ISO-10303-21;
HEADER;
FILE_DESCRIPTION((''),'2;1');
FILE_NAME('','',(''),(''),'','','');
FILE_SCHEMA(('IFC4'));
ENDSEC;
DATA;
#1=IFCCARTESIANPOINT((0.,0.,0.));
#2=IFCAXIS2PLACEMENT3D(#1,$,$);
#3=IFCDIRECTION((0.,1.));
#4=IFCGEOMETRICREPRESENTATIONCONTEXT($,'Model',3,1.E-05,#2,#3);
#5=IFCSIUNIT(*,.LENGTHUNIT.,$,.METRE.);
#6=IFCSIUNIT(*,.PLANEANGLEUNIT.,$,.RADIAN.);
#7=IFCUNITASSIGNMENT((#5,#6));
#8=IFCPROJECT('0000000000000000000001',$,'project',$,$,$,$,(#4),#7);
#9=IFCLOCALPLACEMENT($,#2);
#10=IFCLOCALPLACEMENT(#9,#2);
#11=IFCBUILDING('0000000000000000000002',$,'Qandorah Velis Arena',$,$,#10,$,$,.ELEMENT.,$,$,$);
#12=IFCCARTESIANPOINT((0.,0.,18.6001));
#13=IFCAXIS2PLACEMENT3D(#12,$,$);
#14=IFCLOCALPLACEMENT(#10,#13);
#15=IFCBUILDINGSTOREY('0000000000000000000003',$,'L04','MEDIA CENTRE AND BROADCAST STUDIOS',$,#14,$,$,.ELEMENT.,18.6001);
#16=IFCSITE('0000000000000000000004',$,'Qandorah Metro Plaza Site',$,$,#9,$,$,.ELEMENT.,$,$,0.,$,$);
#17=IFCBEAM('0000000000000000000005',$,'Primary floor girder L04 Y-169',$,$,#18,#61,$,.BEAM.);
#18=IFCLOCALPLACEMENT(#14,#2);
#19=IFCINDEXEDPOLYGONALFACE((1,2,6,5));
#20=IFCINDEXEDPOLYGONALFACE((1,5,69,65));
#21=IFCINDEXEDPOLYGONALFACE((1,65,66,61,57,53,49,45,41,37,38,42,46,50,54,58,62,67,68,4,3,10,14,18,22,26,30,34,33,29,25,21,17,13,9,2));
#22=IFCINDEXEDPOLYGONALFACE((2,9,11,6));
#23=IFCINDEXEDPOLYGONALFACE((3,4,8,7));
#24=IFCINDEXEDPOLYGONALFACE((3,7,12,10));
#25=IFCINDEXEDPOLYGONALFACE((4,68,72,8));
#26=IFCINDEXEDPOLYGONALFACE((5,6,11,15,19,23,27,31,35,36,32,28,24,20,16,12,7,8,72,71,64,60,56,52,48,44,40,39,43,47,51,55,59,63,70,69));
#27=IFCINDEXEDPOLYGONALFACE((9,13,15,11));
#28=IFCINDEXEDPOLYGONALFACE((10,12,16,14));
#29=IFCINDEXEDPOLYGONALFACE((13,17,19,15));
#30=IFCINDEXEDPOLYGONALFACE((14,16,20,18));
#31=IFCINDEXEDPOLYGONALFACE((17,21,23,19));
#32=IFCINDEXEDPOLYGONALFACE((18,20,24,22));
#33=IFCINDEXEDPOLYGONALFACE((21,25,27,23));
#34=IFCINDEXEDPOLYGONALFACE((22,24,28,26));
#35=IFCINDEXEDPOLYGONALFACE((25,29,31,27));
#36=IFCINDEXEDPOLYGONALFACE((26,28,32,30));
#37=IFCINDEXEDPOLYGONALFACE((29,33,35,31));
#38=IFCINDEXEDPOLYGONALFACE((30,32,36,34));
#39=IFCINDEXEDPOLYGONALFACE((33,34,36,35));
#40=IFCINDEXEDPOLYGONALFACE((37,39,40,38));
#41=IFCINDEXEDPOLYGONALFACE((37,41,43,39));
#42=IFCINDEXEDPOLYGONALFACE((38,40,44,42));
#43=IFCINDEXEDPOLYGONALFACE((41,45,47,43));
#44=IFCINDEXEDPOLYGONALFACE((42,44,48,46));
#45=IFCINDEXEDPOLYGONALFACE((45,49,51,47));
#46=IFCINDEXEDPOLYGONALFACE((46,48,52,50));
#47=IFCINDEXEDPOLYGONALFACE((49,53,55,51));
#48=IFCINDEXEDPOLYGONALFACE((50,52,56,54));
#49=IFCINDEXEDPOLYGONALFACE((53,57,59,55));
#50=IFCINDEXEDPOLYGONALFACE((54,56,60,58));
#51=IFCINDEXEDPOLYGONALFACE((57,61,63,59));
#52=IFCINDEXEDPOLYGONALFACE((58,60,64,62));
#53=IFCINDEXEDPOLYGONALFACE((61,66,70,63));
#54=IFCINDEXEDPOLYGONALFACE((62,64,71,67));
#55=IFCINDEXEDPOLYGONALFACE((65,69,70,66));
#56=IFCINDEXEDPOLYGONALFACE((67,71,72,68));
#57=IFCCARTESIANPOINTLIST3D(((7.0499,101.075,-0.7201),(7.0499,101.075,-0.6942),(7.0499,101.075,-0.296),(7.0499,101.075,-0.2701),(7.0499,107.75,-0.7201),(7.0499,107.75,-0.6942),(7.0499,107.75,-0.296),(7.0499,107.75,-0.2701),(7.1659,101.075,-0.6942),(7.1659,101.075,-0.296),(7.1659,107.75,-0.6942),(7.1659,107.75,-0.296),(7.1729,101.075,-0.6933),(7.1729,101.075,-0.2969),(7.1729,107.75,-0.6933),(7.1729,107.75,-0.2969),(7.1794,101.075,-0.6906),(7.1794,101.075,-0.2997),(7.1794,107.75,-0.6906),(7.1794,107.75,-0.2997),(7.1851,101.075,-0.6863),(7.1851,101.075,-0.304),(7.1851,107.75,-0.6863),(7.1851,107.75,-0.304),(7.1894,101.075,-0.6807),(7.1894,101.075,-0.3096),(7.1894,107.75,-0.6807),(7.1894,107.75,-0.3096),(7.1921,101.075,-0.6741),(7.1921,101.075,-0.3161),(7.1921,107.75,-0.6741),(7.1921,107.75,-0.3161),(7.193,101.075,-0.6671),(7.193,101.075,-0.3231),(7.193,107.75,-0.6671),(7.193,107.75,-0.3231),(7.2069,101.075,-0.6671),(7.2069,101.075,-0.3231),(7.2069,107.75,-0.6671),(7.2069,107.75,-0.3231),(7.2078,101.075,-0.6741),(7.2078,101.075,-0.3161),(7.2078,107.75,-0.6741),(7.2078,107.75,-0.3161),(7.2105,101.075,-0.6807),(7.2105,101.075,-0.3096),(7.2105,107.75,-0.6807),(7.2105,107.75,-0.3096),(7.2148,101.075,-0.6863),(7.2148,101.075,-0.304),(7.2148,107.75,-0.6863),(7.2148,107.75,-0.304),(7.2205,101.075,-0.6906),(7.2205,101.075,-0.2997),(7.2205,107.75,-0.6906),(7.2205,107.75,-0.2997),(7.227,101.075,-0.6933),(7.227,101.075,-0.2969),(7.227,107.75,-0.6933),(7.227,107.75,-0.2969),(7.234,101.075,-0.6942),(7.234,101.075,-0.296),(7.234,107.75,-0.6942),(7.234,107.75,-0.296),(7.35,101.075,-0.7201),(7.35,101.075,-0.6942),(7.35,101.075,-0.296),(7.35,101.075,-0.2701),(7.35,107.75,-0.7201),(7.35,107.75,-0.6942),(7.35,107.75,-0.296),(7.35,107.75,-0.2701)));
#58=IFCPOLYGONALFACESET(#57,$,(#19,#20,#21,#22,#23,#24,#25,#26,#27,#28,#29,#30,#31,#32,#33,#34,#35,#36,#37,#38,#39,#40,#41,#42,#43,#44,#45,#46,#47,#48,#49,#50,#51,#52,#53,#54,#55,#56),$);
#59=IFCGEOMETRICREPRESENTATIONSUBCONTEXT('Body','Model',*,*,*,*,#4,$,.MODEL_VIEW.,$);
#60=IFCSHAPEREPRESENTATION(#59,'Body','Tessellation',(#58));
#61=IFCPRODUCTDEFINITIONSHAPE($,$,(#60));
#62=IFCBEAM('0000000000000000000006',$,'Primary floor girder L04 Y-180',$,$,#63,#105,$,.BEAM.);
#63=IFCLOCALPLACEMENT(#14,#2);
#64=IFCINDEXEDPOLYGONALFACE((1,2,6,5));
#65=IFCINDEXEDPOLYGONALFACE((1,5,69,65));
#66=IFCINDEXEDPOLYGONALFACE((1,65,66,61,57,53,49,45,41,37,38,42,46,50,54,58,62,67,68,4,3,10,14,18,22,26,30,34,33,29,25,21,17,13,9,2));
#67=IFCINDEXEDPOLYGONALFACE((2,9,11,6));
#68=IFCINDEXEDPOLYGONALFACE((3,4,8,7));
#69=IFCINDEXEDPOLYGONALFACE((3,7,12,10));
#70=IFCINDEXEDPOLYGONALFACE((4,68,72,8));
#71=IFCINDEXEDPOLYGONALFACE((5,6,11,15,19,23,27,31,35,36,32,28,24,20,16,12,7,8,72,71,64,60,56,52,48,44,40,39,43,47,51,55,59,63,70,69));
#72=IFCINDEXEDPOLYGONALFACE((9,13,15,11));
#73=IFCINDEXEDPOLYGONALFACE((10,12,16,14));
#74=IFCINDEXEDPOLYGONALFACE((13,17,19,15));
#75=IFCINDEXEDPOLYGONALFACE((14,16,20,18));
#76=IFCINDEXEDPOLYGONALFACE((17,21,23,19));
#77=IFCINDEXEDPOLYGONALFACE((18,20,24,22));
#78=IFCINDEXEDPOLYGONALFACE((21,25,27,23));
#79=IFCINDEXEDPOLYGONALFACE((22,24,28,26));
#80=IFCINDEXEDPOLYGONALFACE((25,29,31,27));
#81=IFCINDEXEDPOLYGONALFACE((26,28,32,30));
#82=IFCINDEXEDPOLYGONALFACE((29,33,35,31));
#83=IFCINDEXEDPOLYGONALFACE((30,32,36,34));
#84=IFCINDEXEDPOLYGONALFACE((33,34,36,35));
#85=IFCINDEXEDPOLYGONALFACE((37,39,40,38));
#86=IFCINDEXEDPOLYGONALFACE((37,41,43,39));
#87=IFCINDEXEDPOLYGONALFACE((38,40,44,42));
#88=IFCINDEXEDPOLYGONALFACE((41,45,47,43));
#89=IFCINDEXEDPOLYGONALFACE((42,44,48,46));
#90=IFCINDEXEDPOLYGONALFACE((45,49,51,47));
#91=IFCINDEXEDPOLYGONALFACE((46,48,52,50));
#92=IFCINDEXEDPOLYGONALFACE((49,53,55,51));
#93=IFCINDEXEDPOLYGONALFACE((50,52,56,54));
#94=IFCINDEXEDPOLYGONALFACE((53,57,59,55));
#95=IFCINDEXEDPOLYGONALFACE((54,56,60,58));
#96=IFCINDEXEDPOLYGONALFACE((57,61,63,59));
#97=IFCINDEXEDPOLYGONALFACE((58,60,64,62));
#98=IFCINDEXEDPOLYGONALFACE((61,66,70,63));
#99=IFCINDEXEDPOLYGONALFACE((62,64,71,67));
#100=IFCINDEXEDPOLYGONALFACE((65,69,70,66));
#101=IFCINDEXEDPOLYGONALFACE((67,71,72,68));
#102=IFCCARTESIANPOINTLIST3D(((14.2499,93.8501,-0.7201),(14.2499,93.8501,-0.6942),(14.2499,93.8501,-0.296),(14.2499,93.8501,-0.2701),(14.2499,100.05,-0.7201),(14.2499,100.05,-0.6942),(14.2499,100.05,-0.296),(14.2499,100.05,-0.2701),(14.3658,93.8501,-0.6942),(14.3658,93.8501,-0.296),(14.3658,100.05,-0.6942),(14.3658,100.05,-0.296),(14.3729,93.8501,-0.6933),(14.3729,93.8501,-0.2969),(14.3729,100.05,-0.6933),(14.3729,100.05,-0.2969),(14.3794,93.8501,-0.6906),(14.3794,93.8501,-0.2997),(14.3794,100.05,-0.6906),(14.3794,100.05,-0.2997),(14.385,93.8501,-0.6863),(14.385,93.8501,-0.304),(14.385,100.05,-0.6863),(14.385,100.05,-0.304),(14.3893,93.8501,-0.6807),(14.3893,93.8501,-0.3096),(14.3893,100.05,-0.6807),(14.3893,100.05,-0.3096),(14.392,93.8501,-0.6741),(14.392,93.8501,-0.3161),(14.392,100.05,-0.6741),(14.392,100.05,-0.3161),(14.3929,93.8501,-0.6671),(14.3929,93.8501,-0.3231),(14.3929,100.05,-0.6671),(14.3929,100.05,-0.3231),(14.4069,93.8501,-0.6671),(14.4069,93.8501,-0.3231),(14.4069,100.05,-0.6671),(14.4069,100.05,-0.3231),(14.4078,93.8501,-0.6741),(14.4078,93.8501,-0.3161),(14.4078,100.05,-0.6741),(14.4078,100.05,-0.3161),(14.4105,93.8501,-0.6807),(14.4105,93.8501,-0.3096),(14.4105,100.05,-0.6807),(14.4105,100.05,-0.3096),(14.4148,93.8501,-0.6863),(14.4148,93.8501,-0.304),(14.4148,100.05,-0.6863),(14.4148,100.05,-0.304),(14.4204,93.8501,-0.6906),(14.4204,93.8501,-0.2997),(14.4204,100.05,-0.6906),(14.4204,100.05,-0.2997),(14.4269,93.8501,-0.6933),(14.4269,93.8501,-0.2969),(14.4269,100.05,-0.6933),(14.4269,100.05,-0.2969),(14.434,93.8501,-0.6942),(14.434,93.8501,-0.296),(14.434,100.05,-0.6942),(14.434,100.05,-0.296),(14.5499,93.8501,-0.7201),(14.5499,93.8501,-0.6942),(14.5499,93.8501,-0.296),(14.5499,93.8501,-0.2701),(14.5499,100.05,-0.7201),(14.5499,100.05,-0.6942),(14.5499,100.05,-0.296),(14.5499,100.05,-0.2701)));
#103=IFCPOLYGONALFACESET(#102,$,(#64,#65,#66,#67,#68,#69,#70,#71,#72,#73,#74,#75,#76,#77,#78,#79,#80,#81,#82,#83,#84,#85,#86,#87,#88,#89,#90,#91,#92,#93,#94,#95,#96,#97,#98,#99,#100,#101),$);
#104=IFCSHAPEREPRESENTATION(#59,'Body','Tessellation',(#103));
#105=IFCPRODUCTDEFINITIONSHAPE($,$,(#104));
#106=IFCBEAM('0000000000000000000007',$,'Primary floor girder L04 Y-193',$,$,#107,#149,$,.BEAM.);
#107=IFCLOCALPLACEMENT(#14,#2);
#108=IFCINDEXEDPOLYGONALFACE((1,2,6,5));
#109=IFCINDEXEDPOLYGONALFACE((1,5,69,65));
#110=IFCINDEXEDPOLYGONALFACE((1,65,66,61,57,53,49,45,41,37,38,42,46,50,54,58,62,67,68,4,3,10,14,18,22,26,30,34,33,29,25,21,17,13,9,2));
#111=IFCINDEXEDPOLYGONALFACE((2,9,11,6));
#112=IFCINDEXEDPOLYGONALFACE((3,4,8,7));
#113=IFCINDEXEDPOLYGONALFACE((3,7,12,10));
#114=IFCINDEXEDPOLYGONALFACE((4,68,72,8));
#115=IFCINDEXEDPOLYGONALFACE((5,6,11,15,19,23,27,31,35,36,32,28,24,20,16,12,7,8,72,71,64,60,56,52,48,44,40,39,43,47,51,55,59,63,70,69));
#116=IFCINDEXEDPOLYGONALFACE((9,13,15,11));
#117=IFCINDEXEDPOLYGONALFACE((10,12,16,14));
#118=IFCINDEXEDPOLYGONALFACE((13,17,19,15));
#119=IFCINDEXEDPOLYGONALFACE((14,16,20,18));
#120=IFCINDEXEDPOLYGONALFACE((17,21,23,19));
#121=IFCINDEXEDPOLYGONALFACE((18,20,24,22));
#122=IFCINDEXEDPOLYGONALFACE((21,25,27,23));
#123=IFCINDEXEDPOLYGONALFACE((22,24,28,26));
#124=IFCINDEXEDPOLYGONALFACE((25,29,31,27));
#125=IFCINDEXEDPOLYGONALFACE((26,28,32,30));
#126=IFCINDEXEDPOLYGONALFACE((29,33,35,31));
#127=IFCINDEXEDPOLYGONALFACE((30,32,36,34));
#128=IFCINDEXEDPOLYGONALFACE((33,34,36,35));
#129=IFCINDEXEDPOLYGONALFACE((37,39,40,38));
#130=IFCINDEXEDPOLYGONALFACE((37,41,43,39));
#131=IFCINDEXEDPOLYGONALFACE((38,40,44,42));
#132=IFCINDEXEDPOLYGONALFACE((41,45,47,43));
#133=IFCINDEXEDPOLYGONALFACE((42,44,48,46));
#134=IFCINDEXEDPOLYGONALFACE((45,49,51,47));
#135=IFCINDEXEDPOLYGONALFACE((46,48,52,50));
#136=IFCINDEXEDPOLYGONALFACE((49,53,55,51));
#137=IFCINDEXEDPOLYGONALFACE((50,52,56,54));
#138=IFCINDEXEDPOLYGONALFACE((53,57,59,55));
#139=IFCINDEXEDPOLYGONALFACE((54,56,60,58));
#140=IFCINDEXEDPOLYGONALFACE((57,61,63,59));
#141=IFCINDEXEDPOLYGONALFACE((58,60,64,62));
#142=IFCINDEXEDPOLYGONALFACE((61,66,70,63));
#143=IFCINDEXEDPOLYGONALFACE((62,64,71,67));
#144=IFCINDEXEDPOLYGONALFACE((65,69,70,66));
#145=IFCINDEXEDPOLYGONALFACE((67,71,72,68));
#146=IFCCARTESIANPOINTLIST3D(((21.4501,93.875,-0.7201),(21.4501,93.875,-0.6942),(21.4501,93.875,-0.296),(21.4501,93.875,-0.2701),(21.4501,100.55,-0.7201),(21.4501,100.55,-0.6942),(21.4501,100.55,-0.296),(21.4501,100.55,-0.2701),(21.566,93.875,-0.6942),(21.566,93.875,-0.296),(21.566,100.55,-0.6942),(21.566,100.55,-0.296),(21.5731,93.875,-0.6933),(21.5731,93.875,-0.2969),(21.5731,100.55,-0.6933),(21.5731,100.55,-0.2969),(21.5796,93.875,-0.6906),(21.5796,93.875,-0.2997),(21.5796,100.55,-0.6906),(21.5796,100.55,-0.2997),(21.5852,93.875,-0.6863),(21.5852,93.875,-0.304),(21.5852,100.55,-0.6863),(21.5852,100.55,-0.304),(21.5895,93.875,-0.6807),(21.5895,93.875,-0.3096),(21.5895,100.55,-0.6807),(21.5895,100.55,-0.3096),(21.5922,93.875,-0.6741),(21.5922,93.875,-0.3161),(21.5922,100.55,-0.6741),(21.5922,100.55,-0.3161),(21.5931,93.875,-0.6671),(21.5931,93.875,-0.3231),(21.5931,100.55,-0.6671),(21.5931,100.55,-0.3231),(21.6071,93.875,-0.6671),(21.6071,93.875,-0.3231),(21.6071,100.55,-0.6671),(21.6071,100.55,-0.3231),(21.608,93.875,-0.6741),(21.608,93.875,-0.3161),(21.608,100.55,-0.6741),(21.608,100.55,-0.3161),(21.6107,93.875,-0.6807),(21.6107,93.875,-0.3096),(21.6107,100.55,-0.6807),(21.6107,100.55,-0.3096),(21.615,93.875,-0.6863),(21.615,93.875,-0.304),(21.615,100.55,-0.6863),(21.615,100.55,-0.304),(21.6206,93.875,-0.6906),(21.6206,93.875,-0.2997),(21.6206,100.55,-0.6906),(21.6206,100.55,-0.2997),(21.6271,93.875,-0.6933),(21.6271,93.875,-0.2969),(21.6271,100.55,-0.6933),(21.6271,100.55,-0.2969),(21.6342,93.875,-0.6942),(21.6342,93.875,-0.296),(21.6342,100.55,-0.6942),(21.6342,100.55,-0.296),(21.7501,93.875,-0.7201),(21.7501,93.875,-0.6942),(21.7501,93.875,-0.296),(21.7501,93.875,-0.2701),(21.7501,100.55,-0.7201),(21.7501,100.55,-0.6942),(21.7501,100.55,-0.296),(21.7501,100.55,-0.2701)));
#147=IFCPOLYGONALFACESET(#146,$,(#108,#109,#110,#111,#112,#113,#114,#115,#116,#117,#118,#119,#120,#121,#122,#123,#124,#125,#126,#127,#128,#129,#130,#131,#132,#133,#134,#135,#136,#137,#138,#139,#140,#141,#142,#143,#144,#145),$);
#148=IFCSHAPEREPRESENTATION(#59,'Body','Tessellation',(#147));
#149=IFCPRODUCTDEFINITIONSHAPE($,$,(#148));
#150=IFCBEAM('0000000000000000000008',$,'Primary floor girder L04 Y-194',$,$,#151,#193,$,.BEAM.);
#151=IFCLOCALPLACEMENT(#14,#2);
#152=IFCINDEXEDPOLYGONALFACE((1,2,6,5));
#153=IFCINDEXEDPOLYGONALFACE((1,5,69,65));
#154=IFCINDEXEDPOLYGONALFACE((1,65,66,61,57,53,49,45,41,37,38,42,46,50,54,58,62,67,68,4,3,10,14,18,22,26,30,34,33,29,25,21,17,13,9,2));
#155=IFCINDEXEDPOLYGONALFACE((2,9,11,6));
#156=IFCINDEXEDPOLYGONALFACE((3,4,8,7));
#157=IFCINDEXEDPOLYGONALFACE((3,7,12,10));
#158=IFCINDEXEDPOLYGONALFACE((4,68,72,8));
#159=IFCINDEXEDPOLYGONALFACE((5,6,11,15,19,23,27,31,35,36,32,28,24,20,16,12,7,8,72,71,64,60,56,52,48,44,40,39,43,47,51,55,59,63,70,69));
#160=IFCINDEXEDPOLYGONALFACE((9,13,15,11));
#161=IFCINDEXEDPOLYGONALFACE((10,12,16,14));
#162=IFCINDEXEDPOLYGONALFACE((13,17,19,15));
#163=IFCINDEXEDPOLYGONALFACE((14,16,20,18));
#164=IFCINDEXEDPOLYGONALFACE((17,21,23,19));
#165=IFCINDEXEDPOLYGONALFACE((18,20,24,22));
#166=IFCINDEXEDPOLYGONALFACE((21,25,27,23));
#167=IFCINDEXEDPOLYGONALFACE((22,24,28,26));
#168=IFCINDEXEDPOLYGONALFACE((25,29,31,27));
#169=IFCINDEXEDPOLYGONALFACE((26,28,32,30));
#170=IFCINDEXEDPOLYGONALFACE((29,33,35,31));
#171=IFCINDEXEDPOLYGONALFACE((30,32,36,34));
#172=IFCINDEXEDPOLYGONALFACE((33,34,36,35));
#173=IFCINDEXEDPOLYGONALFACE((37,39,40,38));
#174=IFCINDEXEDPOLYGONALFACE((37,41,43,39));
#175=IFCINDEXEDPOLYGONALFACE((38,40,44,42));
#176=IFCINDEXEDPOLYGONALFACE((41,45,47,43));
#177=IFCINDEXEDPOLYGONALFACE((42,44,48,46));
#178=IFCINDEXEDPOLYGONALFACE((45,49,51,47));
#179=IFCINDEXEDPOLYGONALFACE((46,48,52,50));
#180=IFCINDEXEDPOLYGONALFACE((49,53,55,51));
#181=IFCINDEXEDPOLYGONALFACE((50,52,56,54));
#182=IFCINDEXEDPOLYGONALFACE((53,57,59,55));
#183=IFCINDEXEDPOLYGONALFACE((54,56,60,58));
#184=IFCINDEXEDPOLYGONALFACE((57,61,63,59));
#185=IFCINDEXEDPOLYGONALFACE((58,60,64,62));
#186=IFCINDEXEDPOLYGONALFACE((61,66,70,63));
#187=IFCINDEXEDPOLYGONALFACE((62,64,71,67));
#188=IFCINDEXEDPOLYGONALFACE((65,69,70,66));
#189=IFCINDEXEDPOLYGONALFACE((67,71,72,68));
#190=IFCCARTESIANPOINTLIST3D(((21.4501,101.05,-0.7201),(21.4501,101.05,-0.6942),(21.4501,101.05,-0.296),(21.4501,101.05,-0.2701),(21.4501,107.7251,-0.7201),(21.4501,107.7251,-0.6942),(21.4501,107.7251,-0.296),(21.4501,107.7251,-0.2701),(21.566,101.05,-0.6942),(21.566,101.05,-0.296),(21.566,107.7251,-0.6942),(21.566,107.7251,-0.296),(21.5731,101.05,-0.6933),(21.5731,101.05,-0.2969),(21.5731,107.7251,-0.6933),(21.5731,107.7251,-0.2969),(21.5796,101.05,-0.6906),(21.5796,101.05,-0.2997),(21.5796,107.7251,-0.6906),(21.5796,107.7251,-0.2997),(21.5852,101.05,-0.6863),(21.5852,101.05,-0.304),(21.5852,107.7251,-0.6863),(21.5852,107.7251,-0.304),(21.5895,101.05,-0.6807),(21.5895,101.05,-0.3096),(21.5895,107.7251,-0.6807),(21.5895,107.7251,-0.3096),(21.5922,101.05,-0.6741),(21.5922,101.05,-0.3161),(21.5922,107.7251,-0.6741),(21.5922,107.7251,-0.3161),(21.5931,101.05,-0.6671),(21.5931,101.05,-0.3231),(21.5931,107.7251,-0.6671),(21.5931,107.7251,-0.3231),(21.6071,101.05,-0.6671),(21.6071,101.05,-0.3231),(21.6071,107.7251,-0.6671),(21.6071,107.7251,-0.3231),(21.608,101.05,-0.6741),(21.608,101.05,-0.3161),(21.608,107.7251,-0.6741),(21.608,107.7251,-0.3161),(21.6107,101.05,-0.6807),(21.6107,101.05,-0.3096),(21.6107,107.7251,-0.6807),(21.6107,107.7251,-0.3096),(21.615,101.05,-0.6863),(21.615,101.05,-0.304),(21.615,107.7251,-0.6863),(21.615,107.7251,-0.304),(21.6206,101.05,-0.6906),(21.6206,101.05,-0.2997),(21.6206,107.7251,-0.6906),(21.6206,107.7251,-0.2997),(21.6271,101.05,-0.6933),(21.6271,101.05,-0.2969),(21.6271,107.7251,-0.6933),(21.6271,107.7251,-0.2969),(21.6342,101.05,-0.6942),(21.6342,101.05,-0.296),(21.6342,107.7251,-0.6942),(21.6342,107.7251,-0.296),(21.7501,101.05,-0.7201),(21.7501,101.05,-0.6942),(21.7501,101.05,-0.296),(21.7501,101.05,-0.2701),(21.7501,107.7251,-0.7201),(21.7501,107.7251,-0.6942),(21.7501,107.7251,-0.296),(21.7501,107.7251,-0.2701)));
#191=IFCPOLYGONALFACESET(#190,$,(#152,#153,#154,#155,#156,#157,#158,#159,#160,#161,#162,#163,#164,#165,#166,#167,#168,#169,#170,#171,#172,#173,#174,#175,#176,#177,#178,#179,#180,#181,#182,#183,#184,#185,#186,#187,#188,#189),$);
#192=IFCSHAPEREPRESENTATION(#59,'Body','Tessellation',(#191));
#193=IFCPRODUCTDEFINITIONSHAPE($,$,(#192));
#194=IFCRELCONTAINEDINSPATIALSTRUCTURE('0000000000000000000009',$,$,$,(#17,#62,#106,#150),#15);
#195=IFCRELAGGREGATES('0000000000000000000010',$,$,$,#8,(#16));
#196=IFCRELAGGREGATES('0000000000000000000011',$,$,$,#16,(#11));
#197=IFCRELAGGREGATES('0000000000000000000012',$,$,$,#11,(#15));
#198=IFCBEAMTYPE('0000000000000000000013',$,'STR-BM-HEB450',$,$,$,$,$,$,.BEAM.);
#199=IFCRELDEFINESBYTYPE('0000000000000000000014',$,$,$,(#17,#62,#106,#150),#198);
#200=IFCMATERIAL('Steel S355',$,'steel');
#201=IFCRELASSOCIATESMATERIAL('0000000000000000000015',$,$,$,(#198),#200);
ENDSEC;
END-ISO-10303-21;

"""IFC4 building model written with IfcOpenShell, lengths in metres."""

from ifc_helpers import new_model, si_unit, direction, frame, origin, origin_2d, place, context, subcontext, project, spatial, i_section, extrude, material, material_profile, profile_set, type_object, element, save


model = new_model("IFC4")

# Units and contexts
model_context = context("Model", 3, precision=1e-05, world=origin(), true_north=direction((0.0, 1.0)))
body_context = subcontext(model_context, "Body", "Model", "MODEL_VIEW")
ifc_project = project(units=[si_unit("LENGTHUNIT", "METRE"), si_unit("PLANEANGLEUNIT", "RADIAN")], contexts=[model_context])

# Site, building, storey
site_placement = place(None, origin())
site = spatial("IfcSite", under=ifc_project, at=site_placement, Name="Qandorah Metro Plaza Site", CompositionType="ELEMENT", RefElevation=0.0)
building_placement = place(site_placement, origin())
building = spatial("IfcBuilding", under=site, at=building_placement, Name="Qandorah Velis Arena", CompositionType="ELEMENT")
storey_placement = place(building_placement, frame((0.0, 0.0, 18.6001)))
storey = spatial("IfcBuildingStorey", under=building, at=storey_placement, Name="L04", Description="MEDIA CENTRE AND BROADCAST STUDIOS", CompositionType="ELEMENT", Elevation=18.6001)

# Shared definitions
ifc_material_1 = material(Name="Steel S355", Category="steel")

# Beams
ifc_material_profile_1 = material_profile(ifc_material_1, i_section(OverallWidth=0.3, OverallDepth=0.45, WebThickness=0.0139, FlangeThickness=0.0259, FilletRadius=0.0271, at=origin_2d()), Name="HEB 450")
ifc_profile_set_1 = profile_set([ifc_material_profile_1], Name="Steel S355")
beam_type_1 = type_object("IfcBeamType", Name="STR-BM-HEB450", PredefinedType="BEAM", material=ifc_profile_set_1)
beam_1_placement = place(storey_placement, frame((7.2, 101.075, -0.4951), z_axis=(0.0, 1.0, 0.0), x_axis=(-1.0, 0.0, 0.0)))
element("IfcBeam", 1, at=beam_1_placement, inside=storey, type_object=beam_type_1, Name="Primary floor girder L04 Y-169", PredefinedType="BEAM", context=body_context, shape_type="SweptSolid", body=[
    extrude(i_section(OverallWidth=0.3, OverallDepth=0.45, WebThickness=0.0139, FlangeThickness=0.0259, FilletRadius=0.0271, at=origin_2d()), origin(), (0.0, 0.0, 1.0), 6.675),
])
beam_2_placement = place(storey_placement, frame((14.3999, 93.8501, -0.4951), z_axis=(0.0, 1.0, 0.0), x_axis=(-1.0, 0.0, 0.0)))
element("IfcBeam", 2, at=beam_2_placement, inside=storey, type_object=beam_type_1, Name="Primary floor girder L04 Y-180", PredefinedType="BEAM", context=body_context, shape_type="SweptSolid", body=[
    extrude(i_section(OverallWidth=0.3, OverallDepth=0.45, WebThickness=0.0139, FlangeThickness=0.0259, FilletRadius=0.0271, at=origin_2d()), origin(), (0.0, 0.0, 1.0), 6.2),
])
for number, where, z_axis, x_axis, name in (
    (3, (21.6001, 93.875, -0.4951), (0.0, 1.0, 0.0), (-1.0, 0.0, 0.0), "Primary floor girder L04 Y-193"),
    (4, (21.6001, 101.05, -0.4951), (0.0, 1.0, 0.0), (-1.0, 0.0, 0.0), "Primary floor girder L04 Y-194"),
):
    element("IfcBeam", number, at=place(storey_placement, frame(where, z_axis=z_axis, x_axis=x_axis)), inside=storey, type_object=beam_type_1, Name=name, PredefinedType="BEAM", context=body_context, shape_type="SweptSolid", body=[
        extrude(i_section(OverallWidth=0.3, OverallDepth=0.45, WebThickness=0.0139, FlangeThickness=0.0259, FilletRadius=0.0271, at=origin_2d()), origin(), (0.0, 0.0, 1.0), 6.675),
    ])

save(model, "model.ifc")
